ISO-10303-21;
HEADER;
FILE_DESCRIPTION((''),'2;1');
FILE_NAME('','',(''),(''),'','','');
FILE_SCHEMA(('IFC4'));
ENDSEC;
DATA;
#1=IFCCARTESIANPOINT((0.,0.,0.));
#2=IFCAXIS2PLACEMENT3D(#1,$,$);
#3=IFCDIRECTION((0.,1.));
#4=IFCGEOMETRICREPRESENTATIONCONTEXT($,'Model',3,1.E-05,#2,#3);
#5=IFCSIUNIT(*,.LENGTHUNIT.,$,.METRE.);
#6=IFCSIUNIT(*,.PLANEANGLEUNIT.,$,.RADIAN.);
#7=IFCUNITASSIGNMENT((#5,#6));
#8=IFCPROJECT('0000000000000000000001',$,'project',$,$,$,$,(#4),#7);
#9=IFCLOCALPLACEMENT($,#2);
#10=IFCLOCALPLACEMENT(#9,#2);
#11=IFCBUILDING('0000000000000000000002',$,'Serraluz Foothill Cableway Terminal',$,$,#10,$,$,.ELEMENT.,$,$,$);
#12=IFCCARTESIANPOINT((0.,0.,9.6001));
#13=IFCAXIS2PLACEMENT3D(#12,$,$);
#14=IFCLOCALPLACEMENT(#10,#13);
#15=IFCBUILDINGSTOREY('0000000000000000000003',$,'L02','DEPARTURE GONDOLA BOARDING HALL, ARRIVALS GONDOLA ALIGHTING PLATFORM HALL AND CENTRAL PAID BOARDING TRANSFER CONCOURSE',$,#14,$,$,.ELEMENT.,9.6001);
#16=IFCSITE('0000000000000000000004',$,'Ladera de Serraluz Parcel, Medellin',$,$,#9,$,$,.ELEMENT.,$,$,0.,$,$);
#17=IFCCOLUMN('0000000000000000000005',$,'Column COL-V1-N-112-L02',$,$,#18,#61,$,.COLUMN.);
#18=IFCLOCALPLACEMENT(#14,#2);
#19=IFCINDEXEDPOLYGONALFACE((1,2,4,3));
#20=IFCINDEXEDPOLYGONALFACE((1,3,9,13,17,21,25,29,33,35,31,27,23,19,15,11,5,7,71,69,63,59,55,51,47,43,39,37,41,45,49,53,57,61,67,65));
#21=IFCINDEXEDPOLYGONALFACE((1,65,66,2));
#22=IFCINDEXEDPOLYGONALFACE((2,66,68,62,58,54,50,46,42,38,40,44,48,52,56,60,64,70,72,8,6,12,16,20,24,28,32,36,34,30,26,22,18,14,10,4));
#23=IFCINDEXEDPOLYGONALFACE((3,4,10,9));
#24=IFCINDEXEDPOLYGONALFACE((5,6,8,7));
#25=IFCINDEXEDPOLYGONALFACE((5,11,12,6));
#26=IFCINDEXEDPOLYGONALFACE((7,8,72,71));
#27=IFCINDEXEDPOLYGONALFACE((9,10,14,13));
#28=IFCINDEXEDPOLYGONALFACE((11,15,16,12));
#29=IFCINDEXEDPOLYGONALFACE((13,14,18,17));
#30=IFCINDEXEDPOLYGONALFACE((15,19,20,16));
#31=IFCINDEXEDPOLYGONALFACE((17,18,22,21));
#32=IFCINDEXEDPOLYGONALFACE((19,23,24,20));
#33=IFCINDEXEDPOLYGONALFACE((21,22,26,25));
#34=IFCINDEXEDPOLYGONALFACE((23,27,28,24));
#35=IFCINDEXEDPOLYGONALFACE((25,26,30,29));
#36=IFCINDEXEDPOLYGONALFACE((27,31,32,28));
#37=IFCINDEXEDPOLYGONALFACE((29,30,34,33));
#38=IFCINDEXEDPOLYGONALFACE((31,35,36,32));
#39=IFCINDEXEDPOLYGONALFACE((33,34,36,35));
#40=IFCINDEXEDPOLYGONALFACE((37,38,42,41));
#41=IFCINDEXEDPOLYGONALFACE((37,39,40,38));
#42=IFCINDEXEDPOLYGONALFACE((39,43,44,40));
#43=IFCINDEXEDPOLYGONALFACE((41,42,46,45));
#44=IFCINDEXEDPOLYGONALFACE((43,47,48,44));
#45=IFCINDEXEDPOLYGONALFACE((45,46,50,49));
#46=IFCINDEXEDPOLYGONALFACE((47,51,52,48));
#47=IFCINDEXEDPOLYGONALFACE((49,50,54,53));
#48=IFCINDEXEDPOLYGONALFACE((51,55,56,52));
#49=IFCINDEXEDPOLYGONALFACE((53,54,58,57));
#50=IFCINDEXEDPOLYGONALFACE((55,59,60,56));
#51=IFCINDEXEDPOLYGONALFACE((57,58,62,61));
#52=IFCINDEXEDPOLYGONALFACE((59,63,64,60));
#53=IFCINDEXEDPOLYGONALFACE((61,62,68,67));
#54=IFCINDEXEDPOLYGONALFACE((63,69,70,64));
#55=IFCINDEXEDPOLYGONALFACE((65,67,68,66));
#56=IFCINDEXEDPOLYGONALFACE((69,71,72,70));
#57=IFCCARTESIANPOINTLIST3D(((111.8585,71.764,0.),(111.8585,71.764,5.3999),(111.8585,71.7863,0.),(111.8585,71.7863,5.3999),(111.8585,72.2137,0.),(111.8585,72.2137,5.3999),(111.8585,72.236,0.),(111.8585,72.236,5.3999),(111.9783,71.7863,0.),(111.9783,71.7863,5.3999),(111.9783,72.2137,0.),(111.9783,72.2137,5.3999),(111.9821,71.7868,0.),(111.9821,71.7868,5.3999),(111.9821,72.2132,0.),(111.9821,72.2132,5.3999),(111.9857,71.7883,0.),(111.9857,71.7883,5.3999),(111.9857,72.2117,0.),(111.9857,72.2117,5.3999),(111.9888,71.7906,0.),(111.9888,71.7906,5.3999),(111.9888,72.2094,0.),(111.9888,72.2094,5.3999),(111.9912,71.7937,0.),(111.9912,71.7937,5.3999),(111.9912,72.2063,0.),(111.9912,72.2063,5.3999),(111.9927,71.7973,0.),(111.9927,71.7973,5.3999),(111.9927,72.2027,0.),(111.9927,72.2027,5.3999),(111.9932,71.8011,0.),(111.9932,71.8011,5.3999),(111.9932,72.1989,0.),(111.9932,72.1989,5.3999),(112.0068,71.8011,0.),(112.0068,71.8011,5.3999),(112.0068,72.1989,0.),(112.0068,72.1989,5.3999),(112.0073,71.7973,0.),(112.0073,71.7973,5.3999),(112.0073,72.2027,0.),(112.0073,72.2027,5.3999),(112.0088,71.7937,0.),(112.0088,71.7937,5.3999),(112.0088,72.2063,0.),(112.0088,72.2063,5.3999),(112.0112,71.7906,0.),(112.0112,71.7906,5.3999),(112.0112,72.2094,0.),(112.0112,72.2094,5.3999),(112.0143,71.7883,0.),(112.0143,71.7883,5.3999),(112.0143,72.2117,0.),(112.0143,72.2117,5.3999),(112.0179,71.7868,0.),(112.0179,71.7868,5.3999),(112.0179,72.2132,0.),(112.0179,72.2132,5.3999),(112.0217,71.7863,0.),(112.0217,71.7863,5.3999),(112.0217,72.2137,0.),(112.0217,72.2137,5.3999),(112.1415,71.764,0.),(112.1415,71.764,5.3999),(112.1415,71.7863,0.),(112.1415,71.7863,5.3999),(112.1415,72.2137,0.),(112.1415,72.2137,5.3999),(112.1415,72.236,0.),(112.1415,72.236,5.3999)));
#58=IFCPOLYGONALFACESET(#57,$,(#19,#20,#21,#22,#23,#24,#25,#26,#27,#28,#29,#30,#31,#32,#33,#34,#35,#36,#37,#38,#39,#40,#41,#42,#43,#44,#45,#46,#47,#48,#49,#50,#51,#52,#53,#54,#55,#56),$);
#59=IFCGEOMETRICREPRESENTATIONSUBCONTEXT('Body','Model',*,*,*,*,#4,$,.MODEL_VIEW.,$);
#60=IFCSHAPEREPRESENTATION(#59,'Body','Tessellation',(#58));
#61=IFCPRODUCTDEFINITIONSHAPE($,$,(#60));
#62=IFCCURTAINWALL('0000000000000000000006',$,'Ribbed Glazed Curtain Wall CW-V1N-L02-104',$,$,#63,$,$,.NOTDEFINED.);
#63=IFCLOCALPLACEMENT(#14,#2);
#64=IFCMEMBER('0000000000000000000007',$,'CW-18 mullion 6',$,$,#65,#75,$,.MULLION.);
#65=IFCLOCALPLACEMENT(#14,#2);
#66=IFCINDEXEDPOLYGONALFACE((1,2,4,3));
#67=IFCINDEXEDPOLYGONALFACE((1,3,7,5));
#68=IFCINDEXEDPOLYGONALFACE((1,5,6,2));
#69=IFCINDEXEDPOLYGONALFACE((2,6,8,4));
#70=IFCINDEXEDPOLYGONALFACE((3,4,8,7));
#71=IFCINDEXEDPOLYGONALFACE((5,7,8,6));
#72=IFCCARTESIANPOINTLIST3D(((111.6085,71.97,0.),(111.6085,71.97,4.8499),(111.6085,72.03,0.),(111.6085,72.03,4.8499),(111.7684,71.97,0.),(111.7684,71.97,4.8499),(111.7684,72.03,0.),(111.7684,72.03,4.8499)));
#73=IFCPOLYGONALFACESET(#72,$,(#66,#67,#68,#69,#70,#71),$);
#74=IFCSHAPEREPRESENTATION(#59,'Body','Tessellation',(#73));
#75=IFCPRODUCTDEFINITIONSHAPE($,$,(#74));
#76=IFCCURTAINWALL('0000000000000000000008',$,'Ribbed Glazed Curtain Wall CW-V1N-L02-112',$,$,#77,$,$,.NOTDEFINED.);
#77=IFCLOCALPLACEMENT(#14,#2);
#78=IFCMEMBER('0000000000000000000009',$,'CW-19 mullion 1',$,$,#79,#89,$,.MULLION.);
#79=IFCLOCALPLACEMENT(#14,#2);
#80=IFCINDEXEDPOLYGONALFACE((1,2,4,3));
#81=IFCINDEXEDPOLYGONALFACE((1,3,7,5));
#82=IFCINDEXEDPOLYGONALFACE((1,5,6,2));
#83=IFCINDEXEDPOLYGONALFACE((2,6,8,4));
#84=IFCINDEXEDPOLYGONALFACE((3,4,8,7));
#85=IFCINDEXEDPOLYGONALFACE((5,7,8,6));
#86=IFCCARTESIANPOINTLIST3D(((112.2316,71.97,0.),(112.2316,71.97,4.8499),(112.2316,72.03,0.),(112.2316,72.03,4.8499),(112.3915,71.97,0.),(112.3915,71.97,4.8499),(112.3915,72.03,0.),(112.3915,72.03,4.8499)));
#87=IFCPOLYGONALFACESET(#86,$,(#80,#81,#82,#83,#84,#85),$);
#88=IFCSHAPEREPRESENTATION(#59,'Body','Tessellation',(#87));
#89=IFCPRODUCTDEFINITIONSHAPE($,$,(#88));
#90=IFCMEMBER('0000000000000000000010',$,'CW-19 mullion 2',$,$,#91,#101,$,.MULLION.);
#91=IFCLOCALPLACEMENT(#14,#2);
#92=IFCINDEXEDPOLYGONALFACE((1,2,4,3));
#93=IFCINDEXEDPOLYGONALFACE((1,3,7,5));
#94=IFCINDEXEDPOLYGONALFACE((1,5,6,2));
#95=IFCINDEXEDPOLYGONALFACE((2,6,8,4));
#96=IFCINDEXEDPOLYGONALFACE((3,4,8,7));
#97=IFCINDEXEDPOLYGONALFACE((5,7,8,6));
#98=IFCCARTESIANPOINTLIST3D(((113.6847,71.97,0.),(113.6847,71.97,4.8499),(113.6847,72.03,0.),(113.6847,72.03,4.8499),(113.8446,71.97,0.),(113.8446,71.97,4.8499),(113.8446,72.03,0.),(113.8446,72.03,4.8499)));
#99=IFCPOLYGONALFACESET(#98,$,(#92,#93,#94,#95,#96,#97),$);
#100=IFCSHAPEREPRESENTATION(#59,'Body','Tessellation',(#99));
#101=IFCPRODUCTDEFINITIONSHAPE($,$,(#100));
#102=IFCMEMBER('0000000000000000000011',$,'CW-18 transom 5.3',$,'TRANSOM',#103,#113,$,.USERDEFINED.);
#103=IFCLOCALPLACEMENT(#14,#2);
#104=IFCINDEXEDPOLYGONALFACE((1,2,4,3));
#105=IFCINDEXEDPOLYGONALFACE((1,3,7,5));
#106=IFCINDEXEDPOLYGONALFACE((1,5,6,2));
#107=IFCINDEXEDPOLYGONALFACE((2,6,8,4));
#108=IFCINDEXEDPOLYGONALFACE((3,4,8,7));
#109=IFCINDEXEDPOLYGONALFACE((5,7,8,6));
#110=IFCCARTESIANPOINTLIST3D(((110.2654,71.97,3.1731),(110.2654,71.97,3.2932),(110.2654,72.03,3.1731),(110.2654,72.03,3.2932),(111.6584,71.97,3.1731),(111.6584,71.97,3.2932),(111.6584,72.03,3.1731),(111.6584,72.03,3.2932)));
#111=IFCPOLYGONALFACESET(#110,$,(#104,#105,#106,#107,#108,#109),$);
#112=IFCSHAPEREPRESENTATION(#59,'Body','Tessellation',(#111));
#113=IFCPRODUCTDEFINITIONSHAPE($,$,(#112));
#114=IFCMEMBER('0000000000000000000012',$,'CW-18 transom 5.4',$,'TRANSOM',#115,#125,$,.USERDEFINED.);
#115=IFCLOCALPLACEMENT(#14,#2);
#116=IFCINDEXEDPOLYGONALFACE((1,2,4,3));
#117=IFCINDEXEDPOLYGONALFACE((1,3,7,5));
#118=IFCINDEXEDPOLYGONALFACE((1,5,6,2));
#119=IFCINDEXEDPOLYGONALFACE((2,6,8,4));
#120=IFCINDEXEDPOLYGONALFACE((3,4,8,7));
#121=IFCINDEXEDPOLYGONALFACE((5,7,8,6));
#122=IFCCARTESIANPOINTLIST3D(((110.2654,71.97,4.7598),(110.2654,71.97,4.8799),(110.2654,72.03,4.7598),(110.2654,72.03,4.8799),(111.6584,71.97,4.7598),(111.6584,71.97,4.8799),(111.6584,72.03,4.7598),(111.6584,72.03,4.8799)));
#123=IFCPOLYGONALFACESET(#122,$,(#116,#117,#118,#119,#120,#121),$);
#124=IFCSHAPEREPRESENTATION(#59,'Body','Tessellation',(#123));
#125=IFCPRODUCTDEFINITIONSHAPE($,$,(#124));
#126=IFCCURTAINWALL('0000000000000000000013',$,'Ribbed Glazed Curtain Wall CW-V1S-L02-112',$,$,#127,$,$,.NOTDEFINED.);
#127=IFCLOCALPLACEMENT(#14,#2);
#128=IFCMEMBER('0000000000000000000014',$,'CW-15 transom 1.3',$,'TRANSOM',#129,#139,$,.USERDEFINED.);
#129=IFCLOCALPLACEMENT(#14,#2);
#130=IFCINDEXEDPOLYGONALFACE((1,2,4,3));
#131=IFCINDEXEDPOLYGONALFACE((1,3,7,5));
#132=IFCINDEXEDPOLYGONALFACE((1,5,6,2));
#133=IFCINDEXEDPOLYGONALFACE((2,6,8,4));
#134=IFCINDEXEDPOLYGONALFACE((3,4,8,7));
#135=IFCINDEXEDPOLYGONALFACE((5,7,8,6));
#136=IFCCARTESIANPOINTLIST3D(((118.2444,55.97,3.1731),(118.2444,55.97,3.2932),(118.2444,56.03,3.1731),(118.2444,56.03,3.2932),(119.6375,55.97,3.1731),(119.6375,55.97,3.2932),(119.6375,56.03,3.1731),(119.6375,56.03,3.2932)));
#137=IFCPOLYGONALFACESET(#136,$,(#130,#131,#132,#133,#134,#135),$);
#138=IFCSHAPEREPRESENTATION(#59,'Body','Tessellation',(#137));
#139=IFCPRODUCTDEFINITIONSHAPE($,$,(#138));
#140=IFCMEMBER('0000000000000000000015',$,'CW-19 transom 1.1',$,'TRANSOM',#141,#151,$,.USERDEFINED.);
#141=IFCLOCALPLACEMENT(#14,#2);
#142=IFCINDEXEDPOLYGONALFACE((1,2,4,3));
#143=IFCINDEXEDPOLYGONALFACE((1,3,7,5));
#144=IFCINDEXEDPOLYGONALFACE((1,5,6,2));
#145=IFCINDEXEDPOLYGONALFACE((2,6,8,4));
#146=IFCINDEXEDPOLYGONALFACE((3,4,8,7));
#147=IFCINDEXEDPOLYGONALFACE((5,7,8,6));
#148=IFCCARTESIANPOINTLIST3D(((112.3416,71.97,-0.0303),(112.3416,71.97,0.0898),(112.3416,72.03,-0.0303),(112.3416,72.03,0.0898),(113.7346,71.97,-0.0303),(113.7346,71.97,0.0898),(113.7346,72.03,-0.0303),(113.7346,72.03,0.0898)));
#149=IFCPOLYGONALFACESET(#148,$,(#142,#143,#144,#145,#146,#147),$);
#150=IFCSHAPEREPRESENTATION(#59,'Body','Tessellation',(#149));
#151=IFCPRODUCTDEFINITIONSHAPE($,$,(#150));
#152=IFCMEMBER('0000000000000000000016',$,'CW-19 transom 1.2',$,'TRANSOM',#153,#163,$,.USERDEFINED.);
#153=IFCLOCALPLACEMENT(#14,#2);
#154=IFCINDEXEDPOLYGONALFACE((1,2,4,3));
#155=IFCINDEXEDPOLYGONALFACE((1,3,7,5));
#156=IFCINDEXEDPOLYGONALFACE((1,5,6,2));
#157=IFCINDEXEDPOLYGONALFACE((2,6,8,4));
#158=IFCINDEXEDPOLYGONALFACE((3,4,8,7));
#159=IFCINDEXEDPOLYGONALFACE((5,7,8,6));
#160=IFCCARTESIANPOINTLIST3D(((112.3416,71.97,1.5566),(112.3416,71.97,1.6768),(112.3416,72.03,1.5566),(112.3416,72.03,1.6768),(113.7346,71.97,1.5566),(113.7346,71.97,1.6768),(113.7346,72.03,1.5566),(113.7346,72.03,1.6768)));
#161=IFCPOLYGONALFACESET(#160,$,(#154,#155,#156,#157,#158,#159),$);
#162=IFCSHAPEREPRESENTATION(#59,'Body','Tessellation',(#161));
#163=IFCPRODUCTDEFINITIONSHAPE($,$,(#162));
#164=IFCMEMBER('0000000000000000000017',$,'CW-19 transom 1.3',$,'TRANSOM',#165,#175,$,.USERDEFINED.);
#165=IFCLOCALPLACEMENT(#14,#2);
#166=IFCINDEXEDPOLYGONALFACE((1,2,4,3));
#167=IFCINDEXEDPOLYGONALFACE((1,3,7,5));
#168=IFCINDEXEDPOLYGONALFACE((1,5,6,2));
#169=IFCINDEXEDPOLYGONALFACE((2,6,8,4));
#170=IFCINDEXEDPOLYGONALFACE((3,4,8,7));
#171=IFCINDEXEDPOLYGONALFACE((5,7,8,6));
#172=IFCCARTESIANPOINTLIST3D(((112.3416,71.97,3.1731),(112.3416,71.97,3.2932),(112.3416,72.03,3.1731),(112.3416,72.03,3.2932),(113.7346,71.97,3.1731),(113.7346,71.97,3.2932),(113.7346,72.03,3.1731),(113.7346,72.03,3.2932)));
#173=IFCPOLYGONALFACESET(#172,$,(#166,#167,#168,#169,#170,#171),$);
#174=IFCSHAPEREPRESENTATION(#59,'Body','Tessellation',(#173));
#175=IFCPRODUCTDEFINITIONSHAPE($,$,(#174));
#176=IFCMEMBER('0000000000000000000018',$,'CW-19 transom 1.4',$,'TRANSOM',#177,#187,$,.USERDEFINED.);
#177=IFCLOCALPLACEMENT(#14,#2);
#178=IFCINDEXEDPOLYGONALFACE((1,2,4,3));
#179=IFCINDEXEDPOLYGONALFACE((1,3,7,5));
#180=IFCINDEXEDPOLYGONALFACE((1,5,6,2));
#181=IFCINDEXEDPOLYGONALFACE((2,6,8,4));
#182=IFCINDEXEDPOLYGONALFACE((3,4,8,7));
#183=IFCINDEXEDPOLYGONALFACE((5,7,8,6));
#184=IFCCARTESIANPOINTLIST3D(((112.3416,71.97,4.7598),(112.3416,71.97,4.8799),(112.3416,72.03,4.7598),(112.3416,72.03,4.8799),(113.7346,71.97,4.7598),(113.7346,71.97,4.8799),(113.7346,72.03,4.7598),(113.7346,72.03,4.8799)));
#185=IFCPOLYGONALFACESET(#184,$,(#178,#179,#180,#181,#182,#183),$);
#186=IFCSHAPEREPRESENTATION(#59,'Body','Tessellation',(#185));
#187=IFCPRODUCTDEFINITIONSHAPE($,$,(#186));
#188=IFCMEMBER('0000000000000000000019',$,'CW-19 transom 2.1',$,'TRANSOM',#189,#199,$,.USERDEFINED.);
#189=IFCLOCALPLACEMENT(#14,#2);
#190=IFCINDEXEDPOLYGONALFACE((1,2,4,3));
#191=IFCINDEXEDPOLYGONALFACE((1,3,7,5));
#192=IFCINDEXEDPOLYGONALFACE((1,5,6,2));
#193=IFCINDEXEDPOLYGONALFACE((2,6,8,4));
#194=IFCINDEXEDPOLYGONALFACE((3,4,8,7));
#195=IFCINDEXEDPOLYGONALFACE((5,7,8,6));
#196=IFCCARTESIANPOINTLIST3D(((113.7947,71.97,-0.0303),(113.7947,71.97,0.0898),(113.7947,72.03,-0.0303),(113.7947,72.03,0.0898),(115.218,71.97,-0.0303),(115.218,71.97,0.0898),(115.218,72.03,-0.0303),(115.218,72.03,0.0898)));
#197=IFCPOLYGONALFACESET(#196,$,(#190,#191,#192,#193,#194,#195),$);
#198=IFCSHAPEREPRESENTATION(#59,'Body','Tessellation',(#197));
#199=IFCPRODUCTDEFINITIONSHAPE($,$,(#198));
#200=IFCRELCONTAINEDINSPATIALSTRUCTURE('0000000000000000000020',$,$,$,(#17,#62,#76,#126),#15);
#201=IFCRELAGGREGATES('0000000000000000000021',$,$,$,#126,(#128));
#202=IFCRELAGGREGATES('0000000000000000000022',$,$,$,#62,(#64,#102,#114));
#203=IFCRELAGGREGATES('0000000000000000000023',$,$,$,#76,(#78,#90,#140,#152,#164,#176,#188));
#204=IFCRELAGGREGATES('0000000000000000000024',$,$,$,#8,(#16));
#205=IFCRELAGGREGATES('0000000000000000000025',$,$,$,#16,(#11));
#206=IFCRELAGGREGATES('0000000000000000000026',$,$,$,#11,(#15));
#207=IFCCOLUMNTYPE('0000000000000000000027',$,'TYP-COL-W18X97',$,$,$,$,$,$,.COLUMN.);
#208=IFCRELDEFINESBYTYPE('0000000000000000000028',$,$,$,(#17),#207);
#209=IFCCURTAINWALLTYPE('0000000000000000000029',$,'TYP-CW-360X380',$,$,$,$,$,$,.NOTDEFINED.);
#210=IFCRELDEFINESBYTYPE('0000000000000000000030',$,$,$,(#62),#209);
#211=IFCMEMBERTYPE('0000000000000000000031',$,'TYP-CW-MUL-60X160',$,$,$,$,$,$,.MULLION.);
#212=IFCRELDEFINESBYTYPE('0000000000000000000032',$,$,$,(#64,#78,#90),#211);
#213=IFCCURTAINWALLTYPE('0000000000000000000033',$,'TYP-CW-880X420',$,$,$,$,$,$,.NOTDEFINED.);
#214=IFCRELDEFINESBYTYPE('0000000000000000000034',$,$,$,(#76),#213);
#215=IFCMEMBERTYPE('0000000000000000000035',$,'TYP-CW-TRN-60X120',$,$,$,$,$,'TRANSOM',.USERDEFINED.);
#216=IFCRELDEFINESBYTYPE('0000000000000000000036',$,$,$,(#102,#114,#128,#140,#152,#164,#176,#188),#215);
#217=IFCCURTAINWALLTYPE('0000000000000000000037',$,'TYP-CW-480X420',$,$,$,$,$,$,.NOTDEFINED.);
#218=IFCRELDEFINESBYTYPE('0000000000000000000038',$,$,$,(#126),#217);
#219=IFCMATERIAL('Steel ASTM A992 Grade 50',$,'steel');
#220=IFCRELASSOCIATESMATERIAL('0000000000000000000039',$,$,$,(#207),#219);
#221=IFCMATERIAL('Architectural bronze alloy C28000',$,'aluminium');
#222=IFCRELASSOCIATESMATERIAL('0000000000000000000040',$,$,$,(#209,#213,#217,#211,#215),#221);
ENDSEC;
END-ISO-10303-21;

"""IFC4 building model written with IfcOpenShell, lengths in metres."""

from ifc_helpers import new_model, si_unit, direction, frame, origin, origin_2d, place, context, subcontext, project, spatial, rectangle, i_section, extrude, material, material_profile, profile_set, type_object, element, aggregate, save


model = new_model("IFC4")

# Units and contexts
model_context = context("Model", 3, precision=1e-05, world=origin(), true_north=direction((0.0, 1.0)))
body_context = subcontext(model_context, "Body", "Model", "MODEL_VIEW")
ifc_project = project(units=[si_unit("LENGTHUNIT", "METRE"), si_unit("PLANEANGLEUNIT", "RADIAN")], contexts=[model_context])

# Site, building, storey
site_placement = place(None, origin())
site = spatial("IfcSite", under=ifc_project, at=site_placement, Name="Ladera de Serraluz Parcel, Medellin", CompositionType="ELEMENT", RefElevation=0.0)
building_placement = place(site_placement, origin())
building = spatial("IfcBuilding", under=site, at=building_placement, Name="Serraluz Foothill Cableway Terminal", CompositionType="ELEMENT")
storey_placement = place(building_placement, frame((0.0, 0.0, 9.6001)))
storey = spatial("IfcBuildingStorey", under=building, at=storey_placement, Name="L02", Description="DEPARTURE GONDOLA BOARDING HALL, ARRIVALS GONDOLA ALIGHTING PLATFORM HALL AND CENTRAL PAID BOARDING TRANSFER CONCOURSE", CompositionType="ELEMENT", Elevation=9.6001)

# Column
ifc_material_1 = material(Name="Steel ASTM A992 Grade 50", Category="steel")
ifc_material_profile_1 = material_profile(ifc_material_1, i_section(OverallWidth=0.283, OverallDepth=0.4719, WebThickness=0.0137, FlangeThickness=0.0222, FilletRadius=0.0149, at=origin_2d()), Name="W18X97")
ifc_profile_set_1 = profile_set([ifc_material_profile_1], Name="Steel ASTM A992 Grade 50")
column_type = type_object("IfcColumnType", Name="TYP-COL-W18X97", PredefinedType="COLUMN", material=ifc_profile_set_1)
column_placement = place(storey_placement, frame((112.0, 72.0, 0.0), z_axis=(0.0, 0.0, 1.0), x_axis=(1.0, 0.0, 0.0)))
element("IfcColumn", 1, at=column_placement, inside=storey, type_object=column_type, Name="Column COL-V1-N-112-L02", PredefinedType="COLUMN", context=body_context, shape_type="SweptSolid", body=[
    extrude(i_section(OverallWidth=0.283, OverallDepth=0.4719, WebThickness=0.0137, FlangeThickness=0.0222, FilletRadius=0.0149, at=origin_2d()), origin(), (0.0, 0.0, 1.0), 5.3999),
])

# Curtain wall, member
ifc_material_2 = material(Name="Architectural bronze alloy C28000", Category="aluminium")
curtain_wall_type_1 = type_object("IfcCurtainWallType", Name="TYP-CW-360X380", PredefinedType="NOTDEFINED", material=ifc_material_2)
curtain_wall_1_placement = place(storey_placement, origin())
curtain_wall_1 = element("IfcCurtainWall", 2, at=curtain_wall_1_placement, inside=storey, type_object=curtain_wall_type_1, Name="Ribbed Glazed Curtain Wall CW-V1N-L02-104", PredefinedType="NOTDEFINED")
ifc_material_profile_2 = material_profile(ifc_material_2, rectangle(XDim=0.0601, YDim=0.1599, at=origin_2d()), Name="ALU MULLION 60x160")
ifc_profile_set_2 = profile_set([ifc_material_profile_2], Name="Architectural bronze alloy C28000")
member_type_1 = type_object("IfcMemberType", Name="TYP-CW-MUL-60X160", PredefinedType="MULLION", material=ifc_profile_set_2)
member_1_placement = place(storey_placement, frame((111.6885, 72.0, 0.0), z_axis=(0.0, 0.0, 1.0), x_axis=(0.0, 1.0, 0.0)))
member_1 = element("IfcMember", 3, at=member_1_placement, type_object=member_type_1, Name="CW-18 mullion 6", PredefinedType="MULLION", context=body_context, shape_type="SweptSolid", body=[
    extrude(rectangle(XDim=0.0601, YDim=0.1599, at=origin_2d()), origin(), (0.0, 0.0, 1.0), 4.8499),
])

# Curtain wall, members
curtain_wall_type_2 = type_object("IfcCurtainWallType", Name="TYP-CW-880X420", PredefinedType="NOTDEFINED", material=ifc_material_2)
curtain_wall_2_placement = place(storey_placement, origin())
curtain_wall_2 = element("IfcCurtainWall", 4, at=curtain_wall_2_placement, inside=storey, type_object=curtain_wall_type_2, Name="Ribbed Glazed Curtain Wall CW-V1N-L02-112", PredefinedType="NOTDEFINED")
member_2_placement = place(storey_placement, frame((112.3115, 72.0, 0.0), z_axis=(0.0, 0.0, 1.0), x_axis=(0.0, 1.0, 0.0)))
member_2 = element("IfcMember", 5, at=member_2_placement, type_object=member_type_1, Name="CW-19 mullion 1", PredefinedType="MULLION", context=body_context, shape_type="SweptSolid", body=[
    extrude(rectangle(XDim=0.0601, YDim=0.1599, at=origin_2d()), origin(), (0.0, 0.0, 1.0), 4.8499),
])
member_3_placement = place(storey_placement, frame((113.7646, 72.0, 0.0), z_axis=(0.0, 0.0, 1.0), x_axis=(0.0, 1.0, 0.0)))
member_3 = element("IfcMember", 6, at=member_3_placement, type_object=member_type_1, Name="CW-19 mullion 2", PredefinedType="MULLION", context=body_context, shape_type="SweptSolid", body=[
    extrude(rectangle(XDim=0.0601, YDim=0.1599, at=origin_2d()), origin(), (0.0, 0.0, 1.0), 4.8499),
])

# Members
ifc_material_profile_3 = material_profile(ifc_material_2, rectangle(XDim=0.0601, YDim=0.1201, at=origin_2d()), Name="ALU TRANSOM 60x120")
ifc_profile_set_3 = profile_set([ifc_material_profile_3], Name="Architectural bronze alloy C28000")
member_type_2 = type_object("IfcMemberType", Name="TYP-CW-TRN-60X120", ElementType="TRANSOM", PredefinedType="USERDEFINED", material=ifc_profile_set_3)
member_4_placement = place(storey_placement, frame((110.2654, 72.0, 3.2332), z_axis=(1.0, 0.0, 0.0), x_axis=(0.0, 1.0, 0.0)))
member_4 = element("IfcMember", 7, at=member_4_placement, type_object=member_type_2, Name="CW-18 transom 5.3", ObjectType="TRANSOM", PredefinedType="USERDEFINED", context=body_context, shape_type="SweptSolid", body=[
    extrude(rectangle(XDim=0.0601, YDim=0.1201, at=origin_2d()), origin(), (0.0, 0.0, 1.0), 1.3931),
])
member_5_placement = place(storey_placement, frame((110.2654, 72.0, 4.8198), z_axis=(1.0, 0.0, 0.0), x_axis=(0.0, 1.0, 0.0)))
member_5 = element("IfcMember", 8, at=member_5_placement, type_object=member_type_2, Name="CW-18 transom 5.4", ObjectType="TRANSOM", PredefinedType="USERDEFINED", context=body_context, shape_type="SweptSolid", body=[
    extrude(rectangle(XDim=0.0601, YDim=0.1201, at=origin_2d()), origin(), (0.0, 0.0, 1.0), 1.3931),
])

# Curtain wall, member
curtain_wall_type_3 = type_object("IfcCurtainWallType", Name="TYP-CW-480X420", PredefinedType="NOTDEFINED", material=ifc_material_2)
curtain_wall_3_placement = place(storey_placement, origin())
curtain_wall_3 = element("IfcCurtainWall", 9, at=curtain_wall_3_placement, inside=storey, type_object=curtain_wall_type_3, Name="Ribbed Glazed Curtain Wall CW-V1S-L02-112", PredefinedType="NOTDEFINED")
member_6_placement = place(storey_placement, frame((119.6375, 56.0, 3.2332), z_axis=(-1.0, 0.0, 0.0), x_axis=(0.0, -1.0, 0.0)))
member_6 = element("IfcMember", 10, at=member_6_placement, type_object=member_type_2, Name="CW-15 transom 1.3", ObjectType="TRANSOM", PredefinedType="USERDEFINED", context=body_context, shape_type="SweptSolid", body=[
    extrude(rectangle(XDim=0.0601, YDim=0.1201, at=origin_2d()), origin(), (0.0, 0.0, 1.0), 1.3931),
])
aggregate(curtain_wall_3, [member_6])

# Members
member_7_placement = place(storey_placement, frame((112.3416, 72.0, 0.0298), z_axis=(1.0, 0.0, 0.0), x_axis=(0.0, 1.0, 0.0)))
member_7 = element("IfcMember", 11, at=member_7_placement, type_object=member_type_2, Name="CW-19 transom 1.1", ObjectType="TRANSOM", PredefinedType="USERDEFINED", context=body_context, shape_type="SweptSolid", body=[
    extrude(rectangle(XDim=0.0601, YDim=0.1201, at=origin_2d()), origin(), (0.0, 0.0, 1.0), 1.3931),
])
member_8_placement = place(storey_placement, frame((112.3416, 72.0, 1.6167), z_axis=(1.0, 0.0, 0.0), x_axis=(0.0, 1.0, 0.0)))
member_8 = element("IfcMember", 12, at=member_8_placement, type_object=member_type_2, Name="CW-19 transom 1.2", ObjectType="TRANSOM", PredefinedType="USERDEFINED", context=body_context, shape_type="SweptSolid", body=[
    extrude(rectangle(XDim=0.0601, YDim=0.1201, at=origin_2d()), origin(), (0.0, 0.0, 1.0), 1.3931),
])
member_9_placement = place(storey_placement, frame((112.3416, 72.0, 3.2332), z_axis=(1.0, 0.0, 0.0), x_axis=(0.0, 1.0, 0.0)))
member_9 = element("IfcMember", 13, at=member_9_placement, type_object=member_type_2, Name="CW-19 transom 1.3", ObjectType="TRANSOM", PredefinedType="USERDEFINED", context=body_context, shape_type="SweptSolid", body=[
    extrude(rectangle(XDim=0.0601, YDim=0.1201, at=origin_2d()), origin(), (0.0, 0.0, 1.0), 1.3931),
])
member_10_placement = place(storey_placement, frame((112.3416, 72.0, 4.8198), z_axis=(1.0, 0.0, 0.0), x_axis=(0.0, 1.0, 0.0)))
member_10 = element("IfcMember", 14, at=member_10_placement, type_object=member_type_2, Name="CW-19 transom 1.4", ObjectType="TRANSOM", PredefinedType="USERDEFINED", context=body_context, shape_type="SweptSolid", body=[
    extrude(rectangle(XDim=0.0601, YDim=0.1201, at=origin_2d()), origin(), (0.0, 0.0, 1.0), 1.3931),
])
member_11_placement = place(storey_placement, frame((113.7947, 72.0, 0.0298), z_axis=(1.0, 0.0, 0.0), x_axis=(0.0, 1.0, 0.0)))
member_11 = element("IfcMember", 15, at=member_11_placement, type_object=member_type_2, Name="CW-19 transom 2.1", ObjectType="TRANSOM", PredefinedType="USERDEFINED", context=body_context, shape_type="SweptSolid", body=[
    extrude(rectangle(XDim=0.0601, YDim=0.1201, at=origin_2d()), origin(), (0.0, 0.0, 1.0), 1.4233),
])

aggregate(curtain_wall_1, [member_1, member_4, member_5])
aggregate(curtain_wall_2, [member_2, member_3, member_7, member_8, member_9, member_10, member_11])

save(model, "model.ifc")
